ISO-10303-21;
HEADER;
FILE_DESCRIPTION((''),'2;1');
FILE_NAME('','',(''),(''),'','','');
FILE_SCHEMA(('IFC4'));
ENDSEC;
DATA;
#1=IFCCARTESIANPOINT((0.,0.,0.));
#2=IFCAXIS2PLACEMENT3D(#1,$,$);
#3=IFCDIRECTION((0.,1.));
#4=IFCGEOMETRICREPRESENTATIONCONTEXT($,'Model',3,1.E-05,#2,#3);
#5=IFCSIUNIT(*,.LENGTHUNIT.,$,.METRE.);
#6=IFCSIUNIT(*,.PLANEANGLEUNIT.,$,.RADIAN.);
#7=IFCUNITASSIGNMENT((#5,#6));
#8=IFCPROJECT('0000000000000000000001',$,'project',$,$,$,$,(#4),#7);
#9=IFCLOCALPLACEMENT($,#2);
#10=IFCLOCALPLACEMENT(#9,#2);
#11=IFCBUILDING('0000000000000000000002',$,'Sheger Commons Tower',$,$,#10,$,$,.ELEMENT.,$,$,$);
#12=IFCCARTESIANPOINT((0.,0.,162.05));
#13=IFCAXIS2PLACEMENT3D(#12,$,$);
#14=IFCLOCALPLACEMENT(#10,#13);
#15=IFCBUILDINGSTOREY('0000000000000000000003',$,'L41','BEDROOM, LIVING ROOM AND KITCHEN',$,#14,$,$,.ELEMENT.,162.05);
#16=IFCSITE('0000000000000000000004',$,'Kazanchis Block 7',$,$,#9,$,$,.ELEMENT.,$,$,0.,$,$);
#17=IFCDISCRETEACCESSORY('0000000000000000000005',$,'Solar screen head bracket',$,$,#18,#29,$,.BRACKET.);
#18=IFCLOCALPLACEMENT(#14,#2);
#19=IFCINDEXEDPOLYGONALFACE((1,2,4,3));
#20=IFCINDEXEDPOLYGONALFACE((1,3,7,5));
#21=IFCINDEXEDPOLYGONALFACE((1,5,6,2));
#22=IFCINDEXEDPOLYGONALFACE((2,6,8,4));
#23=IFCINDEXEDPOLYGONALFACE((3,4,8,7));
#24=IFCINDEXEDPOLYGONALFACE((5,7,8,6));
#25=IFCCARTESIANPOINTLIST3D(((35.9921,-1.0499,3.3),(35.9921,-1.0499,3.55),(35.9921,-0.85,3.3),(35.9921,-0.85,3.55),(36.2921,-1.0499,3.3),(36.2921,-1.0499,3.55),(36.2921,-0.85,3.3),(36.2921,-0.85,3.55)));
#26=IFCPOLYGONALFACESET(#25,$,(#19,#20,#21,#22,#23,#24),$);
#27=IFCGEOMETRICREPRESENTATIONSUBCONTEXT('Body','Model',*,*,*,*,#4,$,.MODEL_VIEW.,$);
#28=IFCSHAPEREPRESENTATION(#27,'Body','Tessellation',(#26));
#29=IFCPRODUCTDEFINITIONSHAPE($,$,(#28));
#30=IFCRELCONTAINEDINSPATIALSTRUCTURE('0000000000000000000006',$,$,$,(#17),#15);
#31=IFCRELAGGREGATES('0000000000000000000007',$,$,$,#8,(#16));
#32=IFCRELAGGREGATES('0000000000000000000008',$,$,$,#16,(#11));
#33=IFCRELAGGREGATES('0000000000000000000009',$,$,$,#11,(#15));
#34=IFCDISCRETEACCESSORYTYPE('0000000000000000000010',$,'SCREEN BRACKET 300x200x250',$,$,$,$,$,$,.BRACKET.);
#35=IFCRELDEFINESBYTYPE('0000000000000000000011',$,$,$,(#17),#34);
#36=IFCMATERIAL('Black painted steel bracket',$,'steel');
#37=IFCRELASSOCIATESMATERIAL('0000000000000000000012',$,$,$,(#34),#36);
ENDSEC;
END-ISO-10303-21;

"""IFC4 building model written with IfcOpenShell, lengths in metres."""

from ifc_helpers import new_model, si_unit, direction, frame, origin, origin_2d, place, context, subcontext, project, spatial, rectangle, extrude, material, type_object, element, save


model = new_model("IFC4")

# Units and contexts
model_context = context("Model", 3, precision=1e-05, world=origin(), true_north=direction((0.0, 1.0)))
body_context = subcontext(model_context, "Body", "Model", "MODEL_VIEW")
ifc_project = project(units=[si_unit("LENGTHUNIT", "METRE"), si_unit("PLANEANGLEUNIT", "RADIAN")], contexts=[model_context])

# Site, building, storey
site_placement = place(None, origin())
site = spatial("IfcSite", under=ifc_project, at=site_placement, Name="Kazanchis Block 7", CompositionType="ELEMENT", RefElevation=0.0)
building_placement = place(site_placement, origin())
building = spatial("IfcBuilding", under=site, at=building_placement, Name="Sheger Commons Tower", CompositionType="ELEMENT")
storey_placement = place(building_placement, frame((0.0, 0.0, 162.05)))
storey = spatial("IfcBuildingStorey", under=building, at=storey_placement, Name="L41", Description="BEDROOM, LIVING ROOM AND KITCHEN", CompositionType="ELEMENT", Elevation=162.05)

# Discrete accessory
ifc_material_1 = material(Name="Black painted steel bracket", Category="steel")
discrete_accessory_type = type_object("IfcDiscreteAccessoryType", Name="SCREEN BRACKET 300x200x250", PredefinedType="BRACKET", material=ifc_material_1)
for number, where, z_axis, x_axis, name in (
    (1, (36.1421, -0.95, 3.3), (0.0, 0.0, 1.0), (1.0, 0.0, 0.0), "Solar screen head bracket"),
):
    element("IfcDiscreteAccessory", number, at=place(storey_placement, frame(where, z_axis=z_axis, x_axis=x_axis)), inside=storey, type_object=discrete_accessory_type, Name=name, PredefinedType="BRACKET", context=body_context, shape_type="SweptSolid", body=[
        extrude(rectangle(XDim=0.3, YDim=0.2, at=origin_2d()), origin(), (0.0, 0.0, 1.0), 0.25),
    ])

save(model, "model.ifc")
